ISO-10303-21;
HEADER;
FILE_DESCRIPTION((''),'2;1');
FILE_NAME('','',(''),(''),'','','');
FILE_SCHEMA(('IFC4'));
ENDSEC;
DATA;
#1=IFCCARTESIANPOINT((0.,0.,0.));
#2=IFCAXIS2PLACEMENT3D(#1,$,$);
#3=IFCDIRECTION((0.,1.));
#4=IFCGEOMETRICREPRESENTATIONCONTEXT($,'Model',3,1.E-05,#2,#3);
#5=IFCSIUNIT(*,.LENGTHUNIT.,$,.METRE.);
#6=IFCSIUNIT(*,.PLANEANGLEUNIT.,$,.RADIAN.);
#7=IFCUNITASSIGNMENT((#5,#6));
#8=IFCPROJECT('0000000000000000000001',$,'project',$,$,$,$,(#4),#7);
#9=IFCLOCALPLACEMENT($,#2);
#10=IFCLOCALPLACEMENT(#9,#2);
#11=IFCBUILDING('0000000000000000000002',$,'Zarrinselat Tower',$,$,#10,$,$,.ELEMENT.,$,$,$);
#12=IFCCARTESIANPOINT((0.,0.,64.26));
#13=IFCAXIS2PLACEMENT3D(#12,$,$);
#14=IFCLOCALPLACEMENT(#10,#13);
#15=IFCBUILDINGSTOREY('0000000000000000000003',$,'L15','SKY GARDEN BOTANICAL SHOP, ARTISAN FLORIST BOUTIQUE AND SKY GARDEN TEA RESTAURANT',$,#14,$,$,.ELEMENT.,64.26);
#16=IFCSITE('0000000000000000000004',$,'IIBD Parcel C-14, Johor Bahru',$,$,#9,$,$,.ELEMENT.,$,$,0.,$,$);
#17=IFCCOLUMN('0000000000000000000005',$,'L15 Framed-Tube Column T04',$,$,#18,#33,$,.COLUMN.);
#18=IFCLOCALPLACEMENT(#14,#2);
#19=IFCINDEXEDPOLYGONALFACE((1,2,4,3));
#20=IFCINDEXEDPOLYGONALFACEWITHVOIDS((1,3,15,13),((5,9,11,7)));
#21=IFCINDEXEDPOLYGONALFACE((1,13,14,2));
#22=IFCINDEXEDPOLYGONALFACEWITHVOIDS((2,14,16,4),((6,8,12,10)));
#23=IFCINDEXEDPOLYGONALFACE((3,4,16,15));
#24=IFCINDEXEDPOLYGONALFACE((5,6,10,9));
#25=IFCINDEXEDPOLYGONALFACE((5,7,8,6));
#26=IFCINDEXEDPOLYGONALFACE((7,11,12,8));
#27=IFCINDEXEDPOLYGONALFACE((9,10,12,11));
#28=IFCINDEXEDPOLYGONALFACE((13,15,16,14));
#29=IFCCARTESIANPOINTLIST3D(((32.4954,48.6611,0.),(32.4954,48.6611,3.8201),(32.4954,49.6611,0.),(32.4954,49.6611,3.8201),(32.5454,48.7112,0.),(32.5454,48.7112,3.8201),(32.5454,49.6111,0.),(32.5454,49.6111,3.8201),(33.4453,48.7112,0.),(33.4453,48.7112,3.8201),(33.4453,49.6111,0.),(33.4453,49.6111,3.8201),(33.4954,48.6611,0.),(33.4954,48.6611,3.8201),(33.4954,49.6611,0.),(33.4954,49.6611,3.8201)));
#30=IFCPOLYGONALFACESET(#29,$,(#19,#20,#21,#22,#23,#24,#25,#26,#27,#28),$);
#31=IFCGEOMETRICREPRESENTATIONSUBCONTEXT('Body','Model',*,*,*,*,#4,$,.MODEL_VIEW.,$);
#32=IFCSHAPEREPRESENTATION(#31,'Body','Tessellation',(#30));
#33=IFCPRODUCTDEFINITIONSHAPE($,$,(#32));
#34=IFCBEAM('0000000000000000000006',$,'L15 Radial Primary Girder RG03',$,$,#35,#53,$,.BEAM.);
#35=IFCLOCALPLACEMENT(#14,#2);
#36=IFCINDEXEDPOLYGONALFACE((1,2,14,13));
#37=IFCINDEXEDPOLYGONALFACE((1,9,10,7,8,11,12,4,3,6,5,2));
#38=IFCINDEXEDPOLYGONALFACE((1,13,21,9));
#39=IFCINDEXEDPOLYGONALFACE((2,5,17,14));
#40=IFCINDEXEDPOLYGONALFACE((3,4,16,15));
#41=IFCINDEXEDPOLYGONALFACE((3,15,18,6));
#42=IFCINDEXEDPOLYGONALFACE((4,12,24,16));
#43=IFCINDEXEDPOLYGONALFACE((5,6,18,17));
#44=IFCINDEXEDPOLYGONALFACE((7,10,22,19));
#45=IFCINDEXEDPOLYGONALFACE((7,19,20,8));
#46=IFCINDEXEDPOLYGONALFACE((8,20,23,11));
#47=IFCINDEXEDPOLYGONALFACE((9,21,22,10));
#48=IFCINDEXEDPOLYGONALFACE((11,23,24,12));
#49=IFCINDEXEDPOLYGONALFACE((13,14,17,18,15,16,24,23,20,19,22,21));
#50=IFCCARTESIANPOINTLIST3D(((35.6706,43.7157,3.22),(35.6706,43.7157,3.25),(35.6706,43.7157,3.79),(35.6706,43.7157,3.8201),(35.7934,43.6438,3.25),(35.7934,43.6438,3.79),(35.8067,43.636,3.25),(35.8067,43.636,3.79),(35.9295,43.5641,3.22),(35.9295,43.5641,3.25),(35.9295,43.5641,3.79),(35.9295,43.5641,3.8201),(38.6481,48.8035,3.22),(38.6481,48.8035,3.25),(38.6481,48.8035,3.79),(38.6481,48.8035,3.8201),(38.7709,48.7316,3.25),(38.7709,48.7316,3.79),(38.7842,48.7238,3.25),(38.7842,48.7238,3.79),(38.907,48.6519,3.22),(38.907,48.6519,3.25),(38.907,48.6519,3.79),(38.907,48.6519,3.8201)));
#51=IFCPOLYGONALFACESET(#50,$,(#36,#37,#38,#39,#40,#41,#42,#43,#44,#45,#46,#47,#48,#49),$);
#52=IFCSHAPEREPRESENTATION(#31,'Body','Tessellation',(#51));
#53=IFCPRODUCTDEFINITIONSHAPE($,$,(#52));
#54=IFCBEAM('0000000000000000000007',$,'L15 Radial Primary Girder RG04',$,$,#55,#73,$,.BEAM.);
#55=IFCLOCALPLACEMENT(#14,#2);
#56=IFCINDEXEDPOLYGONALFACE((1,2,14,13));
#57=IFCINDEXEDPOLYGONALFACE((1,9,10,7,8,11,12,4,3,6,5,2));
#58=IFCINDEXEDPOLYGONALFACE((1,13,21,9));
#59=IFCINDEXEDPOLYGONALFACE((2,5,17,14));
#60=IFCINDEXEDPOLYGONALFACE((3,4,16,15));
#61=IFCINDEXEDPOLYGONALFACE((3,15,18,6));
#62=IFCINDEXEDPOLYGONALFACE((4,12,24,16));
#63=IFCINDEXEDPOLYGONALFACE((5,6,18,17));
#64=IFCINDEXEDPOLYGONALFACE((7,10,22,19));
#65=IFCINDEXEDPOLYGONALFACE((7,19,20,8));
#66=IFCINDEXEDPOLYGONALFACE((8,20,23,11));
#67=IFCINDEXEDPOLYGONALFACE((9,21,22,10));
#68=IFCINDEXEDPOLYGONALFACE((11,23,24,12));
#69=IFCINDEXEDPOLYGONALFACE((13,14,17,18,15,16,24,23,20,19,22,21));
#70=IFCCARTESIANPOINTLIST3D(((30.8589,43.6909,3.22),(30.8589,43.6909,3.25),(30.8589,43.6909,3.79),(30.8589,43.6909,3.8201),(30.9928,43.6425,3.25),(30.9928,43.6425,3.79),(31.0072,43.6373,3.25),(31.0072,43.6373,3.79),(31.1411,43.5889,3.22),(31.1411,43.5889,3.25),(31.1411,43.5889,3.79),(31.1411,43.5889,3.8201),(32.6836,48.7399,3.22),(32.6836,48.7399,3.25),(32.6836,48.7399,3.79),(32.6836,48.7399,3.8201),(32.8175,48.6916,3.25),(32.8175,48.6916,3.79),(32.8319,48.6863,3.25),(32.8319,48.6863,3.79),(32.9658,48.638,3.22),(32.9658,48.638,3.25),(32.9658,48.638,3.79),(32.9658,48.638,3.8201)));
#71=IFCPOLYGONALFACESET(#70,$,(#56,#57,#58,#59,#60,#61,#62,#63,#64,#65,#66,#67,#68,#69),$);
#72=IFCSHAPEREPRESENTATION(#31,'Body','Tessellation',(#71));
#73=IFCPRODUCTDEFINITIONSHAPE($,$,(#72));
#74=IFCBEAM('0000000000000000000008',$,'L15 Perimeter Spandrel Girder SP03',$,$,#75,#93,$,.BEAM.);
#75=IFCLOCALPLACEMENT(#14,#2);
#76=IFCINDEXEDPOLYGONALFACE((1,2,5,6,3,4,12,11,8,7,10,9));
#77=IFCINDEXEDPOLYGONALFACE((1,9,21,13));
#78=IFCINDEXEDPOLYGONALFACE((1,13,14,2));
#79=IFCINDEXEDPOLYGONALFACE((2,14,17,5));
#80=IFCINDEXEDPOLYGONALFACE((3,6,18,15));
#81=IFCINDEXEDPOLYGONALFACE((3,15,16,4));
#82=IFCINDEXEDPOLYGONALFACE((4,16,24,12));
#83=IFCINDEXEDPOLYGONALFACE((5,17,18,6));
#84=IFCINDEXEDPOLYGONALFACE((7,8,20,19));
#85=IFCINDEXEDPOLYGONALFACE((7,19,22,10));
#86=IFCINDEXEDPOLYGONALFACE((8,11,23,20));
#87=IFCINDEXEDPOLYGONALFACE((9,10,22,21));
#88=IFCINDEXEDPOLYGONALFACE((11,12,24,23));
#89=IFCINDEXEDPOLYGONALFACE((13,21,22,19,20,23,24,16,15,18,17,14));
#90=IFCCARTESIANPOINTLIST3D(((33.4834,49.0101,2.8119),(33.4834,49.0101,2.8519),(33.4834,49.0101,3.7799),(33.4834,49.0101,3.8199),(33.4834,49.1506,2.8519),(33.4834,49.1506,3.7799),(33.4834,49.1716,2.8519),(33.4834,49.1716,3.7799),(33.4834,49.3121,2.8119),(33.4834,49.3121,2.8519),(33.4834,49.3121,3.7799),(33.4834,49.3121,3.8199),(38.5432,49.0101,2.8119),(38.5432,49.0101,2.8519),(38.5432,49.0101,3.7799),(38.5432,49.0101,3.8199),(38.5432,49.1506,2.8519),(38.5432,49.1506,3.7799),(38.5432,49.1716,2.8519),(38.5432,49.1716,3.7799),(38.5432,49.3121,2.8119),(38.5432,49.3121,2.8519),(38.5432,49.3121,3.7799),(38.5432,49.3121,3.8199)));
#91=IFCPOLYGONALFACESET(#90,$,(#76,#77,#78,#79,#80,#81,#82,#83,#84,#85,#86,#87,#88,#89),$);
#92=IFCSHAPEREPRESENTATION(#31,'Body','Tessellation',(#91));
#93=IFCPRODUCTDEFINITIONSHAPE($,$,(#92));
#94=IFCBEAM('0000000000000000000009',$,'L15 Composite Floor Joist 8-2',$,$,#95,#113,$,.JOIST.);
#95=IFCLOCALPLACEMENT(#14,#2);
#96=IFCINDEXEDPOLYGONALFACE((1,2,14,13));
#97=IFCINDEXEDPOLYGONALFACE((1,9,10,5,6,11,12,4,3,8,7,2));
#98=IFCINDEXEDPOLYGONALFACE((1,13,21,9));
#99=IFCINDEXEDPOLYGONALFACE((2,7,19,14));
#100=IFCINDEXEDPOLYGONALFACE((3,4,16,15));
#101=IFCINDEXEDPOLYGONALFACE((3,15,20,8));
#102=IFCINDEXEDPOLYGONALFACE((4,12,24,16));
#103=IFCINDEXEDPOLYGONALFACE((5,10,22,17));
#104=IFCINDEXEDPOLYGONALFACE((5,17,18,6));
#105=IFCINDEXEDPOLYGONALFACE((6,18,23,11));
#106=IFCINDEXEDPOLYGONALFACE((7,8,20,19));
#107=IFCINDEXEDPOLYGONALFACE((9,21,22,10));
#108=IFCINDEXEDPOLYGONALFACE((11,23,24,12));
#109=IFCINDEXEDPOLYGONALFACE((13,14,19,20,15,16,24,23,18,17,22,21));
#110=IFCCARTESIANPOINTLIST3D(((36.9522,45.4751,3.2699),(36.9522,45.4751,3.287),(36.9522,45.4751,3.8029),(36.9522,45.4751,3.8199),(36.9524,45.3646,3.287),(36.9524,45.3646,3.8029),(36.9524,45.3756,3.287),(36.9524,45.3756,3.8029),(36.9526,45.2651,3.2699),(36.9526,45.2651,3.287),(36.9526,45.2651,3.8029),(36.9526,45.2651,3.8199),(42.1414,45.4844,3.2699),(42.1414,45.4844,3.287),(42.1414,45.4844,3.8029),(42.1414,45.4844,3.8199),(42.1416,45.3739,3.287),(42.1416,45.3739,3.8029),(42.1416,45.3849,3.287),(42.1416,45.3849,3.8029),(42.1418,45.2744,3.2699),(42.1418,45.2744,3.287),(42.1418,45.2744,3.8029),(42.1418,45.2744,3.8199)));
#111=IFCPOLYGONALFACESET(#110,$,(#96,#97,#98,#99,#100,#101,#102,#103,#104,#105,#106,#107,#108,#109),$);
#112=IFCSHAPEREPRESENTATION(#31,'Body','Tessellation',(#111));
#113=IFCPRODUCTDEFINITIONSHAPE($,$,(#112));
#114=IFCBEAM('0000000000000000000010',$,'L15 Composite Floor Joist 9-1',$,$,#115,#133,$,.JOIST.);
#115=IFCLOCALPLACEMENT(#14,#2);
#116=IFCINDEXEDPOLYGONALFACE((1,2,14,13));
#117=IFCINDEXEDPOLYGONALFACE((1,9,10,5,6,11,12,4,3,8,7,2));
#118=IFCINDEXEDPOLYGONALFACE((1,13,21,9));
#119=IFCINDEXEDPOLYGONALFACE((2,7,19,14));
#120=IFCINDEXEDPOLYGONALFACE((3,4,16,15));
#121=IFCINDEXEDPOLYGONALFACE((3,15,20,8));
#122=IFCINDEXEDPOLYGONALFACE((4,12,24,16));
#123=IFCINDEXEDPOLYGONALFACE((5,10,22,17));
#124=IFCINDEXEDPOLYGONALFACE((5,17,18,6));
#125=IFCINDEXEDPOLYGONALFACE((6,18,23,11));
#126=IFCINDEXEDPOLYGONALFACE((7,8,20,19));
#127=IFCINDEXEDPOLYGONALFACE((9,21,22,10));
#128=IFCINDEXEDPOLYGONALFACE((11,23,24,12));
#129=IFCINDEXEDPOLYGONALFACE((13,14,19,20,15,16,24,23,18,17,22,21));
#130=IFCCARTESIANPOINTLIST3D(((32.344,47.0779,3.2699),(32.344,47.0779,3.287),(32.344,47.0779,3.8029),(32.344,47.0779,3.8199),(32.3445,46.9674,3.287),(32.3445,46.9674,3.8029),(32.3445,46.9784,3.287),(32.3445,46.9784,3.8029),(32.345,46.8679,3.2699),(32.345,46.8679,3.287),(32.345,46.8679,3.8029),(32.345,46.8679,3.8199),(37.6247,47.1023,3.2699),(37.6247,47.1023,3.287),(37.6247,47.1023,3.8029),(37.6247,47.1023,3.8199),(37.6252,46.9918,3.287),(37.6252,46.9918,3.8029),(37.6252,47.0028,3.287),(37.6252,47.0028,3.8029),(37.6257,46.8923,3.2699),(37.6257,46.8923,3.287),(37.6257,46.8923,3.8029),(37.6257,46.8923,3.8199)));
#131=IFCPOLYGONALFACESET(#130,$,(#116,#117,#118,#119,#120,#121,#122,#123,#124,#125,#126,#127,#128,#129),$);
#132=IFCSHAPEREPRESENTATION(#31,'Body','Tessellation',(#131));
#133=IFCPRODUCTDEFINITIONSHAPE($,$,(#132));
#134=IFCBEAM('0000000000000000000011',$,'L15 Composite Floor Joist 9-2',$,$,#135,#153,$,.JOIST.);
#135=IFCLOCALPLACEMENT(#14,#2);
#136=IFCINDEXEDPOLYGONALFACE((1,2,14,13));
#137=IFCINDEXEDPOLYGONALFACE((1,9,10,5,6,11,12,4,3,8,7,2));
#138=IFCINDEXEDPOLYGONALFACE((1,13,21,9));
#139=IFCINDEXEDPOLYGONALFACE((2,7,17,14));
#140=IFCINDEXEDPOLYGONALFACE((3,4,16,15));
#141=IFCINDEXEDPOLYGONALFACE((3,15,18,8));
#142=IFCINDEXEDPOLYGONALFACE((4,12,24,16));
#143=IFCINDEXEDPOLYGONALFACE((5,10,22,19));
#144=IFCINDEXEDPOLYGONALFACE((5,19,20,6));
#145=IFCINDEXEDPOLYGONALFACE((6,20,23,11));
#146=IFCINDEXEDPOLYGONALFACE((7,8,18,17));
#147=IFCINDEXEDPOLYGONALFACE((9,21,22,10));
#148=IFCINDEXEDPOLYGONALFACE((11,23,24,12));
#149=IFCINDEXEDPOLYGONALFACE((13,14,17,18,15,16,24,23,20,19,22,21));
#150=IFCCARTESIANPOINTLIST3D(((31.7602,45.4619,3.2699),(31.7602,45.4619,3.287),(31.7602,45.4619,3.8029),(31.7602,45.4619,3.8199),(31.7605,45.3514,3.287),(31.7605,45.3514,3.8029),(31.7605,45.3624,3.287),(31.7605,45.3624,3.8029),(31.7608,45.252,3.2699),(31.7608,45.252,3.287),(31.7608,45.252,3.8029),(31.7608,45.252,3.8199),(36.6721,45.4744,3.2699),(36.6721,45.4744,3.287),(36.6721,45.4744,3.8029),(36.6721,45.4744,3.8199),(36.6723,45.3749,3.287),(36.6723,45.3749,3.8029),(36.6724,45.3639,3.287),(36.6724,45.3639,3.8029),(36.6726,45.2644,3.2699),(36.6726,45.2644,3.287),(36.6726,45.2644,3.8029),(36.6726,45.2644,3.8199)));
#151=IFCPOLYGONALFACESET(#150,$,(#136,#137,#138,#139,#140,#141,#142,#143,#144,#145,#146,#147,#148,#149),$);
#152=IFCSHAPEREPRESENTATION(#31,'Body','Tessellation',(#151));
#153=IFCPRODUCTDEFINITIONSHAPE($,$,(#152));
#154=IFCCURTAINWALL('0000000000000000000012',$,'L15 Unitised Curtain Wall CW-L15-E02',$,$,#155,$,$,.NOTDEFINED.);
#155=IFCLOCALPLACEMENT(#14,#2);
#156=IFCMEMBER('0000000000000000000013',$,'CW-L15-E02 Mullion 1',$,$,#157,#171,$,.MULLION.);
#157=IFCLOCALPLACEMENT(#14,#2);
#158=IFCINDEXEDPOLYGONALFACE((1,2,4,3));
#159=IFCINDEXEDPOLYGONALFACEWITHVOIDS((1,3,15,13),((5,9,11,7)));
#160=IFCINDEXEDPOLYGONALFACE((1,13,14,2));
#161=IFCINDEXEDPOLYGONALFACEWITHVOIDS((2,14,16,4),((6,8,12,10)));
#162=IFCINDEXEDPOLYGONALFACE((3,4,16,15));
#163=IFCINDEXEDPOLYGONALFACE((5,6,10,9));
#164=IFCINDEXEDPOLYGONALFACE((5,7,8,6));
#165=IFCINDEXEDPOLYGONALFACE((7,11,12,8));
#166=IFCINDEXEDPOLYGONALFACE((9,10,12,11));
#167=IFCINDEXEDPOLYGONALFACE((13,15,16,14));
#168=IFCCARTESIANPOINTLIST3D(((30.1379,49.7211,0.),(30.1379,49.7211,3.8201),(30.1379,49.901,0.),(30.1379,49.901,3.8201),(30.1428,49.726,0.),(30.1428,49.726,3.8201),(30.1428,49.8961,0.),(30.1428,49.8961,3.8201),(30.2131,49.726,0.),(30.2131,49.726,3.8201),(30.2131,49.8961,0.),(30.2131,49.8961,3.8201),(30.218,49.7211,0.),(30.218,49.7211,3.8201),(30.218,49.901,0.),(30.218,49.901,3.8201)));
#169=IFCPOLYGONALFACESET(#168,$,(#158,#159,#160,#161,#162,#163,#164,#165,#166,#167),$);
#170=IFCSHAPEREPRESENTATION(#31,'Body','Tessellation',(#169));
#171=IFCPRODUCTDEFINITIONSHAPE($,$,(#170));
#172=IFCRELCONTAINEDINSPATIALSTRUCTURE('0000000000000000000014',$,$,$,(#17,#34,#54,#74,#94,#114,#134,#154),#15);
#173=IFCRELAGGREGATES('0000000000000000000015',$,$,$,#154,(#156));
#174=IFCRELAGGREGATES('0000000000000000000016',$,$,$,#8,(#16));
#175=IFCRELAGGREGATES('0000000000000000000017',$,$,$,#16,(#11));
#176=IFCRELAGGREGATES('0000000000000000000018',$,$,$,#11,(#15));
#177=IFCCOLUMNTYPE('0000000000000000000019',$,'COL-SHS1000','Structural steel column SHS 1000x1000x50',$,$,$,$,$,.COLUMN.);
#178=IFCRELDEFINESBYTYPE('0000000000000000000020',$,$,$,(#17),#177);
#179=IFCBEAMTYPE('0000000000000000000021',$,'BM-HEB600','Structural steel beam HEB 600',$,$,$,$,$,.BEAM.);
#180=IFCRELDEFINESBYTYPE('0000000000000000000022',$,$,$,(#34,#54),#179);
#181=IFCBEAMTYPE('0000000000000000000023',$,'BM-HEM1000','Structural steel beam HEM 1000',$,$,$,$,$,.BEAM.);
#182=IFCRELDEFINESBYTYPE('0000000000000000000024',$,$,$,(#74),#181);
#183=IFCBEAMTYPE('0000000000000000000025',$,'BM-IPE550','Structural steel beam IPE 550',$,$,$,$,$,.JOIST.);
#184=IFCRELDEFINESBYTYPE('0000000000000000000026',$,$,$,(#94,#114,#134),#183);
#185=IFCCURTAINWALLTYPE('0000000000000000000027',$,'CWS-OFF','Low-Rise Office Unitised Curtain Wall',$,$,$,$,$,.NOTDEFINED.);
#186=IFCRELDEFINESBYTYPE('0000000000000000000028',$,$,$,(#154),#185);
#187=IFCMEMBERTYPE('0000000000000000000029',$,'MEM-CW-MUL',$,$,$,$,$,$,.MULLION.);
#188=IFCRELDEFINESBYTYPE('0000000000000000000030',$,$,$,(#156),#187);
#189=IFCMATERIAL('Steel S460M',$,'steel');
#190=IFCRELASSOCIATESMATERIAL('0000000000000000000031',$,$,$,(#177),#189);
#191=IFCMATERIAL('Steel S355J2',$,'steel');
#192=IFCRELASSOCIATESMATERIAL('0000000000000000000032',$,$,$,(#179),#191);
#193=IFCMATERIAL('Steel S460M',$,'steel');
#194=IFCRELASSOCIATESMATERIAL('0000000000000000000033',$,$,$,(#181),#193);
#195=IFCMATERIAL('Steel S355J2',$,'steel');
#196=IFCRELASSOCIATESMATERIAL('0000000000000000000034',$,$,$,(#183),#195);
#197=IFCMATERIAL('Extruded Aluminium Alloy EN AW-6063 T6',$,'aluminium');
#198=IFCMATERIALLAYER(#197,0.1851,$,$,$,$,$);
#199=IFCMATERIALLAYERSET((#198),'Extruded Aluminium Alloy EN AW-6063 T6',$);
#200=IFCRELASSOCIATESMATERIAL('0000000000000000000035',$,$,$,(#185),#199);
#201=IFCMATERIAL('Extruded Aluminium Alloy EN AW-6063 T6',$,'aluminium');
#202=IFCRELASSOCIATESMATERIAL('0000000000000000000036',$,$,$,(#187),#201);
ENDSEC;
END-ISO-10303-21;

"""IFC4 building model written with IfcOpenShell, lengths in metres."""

from ifc_helpers import new_model, si_unit, direction, frame, origin, origin_2d, place, context, subcontext, project, spatial, hollow_rectangle, i_section, extrude, material, layer, layer_set, material_profile, profile_set, type_object, element, aggregate, save


model = new_model("IFC4")

# Units and contexts
model_context = context("Model", 3, precision=1e-05, world=origin(), true_north=direction((0.0, 1.0)))
body_context = subcontext(model_context, "Body", "Model", "MODEL_VIEW")
ifc_project = project(units=[si_unit("LENGTHUNIT", "METRE"), si_unit("PLANEANGLEUNIT", "RADIAN")], contexts=[model_context])

# Site, building, storey
site_placement = place(None, origin())
site = spatial("IfcSite", under=ifc_project, at=site_placement, Name="IIBD Parcel C-14, Johor Bahru", CompositionType="ELEMENT", RefElevation=0.0)
building_placement = place(site_placement, origin())
building = spatial("IfcBuilding", under=site, at=building_placement, Name="Zarrinselat Tower", CompositionType="ELEMENT")
storey_placement = place(building_placement, frame((0.0, 0.0, 64.26)))
storey = spatial("IfcBuildingStorey", under=building, at=storey_placement, Name="L15", Description="SKY GARDEN BOTANICAL SHOP, ARTISAN FLORIST BOUTIQUE AND SKY GARDEN TEA RESTAURANT", CompositionType="ELEMENT", Elevation=64.26)

# Column
ifc_material_1 = material(Name="Steel S460M", Category="steel")
ifc_material_profile_1 = material_profile(ifc_material_1, hollow_rectangle(XDim=1.0, YDim=1.0, WallThickness=0.05, at=origin_2d()), Name="SHS 1000x1000x50")
ifc_profile_set_1 = profile_set([ifc_material_profile_1], Name="Steel S460M")
column_type = type_object("IfcColumnType", Name="COL-SHS1000", Description="Structural steel column SHS 1000x1000x50", PredefinedType="COLUMN", material=ifc_profile_set_1)
column_placement = place(storey_placement, frame((32.9954, 49.1611, 0.0), z_axis=(0.0, 0.0, 1.0), x_axis=(1.0, 0.0, 0.0)))
element("IfcColumn", 1, at=column_placement, inside=storey, type_object=column_type, Name="L15 Framed-Tube Column T04", PredefinedType="COLUMN", context=body_context, shape_type="SweptSolid", body=[
    extrude(hollow_rectangle(XDim=1.0, YDim=1.0, WallThickness=0.05, at=origin_2d()), origin(), (0.0, 0.0, 1.0), 3.8201),
])

# Beams
ifc_material_2 = material(Name="Steel S355J2", Category="steel")
ifc_material_profile_2 = material_profile(ifc_material_2, i_section(OverallWidth=0.3, OverallDepth=0.6001, WebThickness=0.0154, FlangeThickness=0.03, at=origin_2d()), Name="HEB 600")
ifc_profile_set_2 = profile_set([ifc_material_profile_2], Name="Steel S355J2")
beam_type_1 = type_object("IfcBeamType", Name="BM-HEB600", Description="Structural steel beam HEB 600", PredefinedType="BEAM", material=ifc_profile_set_2)
beam_1_placement = place(storey_placement, frame((35.8, 43.6399, 3.52), z_axis=(0.505086, 0.863069, 0.0), x_axis=(-0.863069, 0.505086, 0.0)))
element("IfcBeam", 2, at=beam_1_placement, inside=storey, type_object=beam_type_1, Name="L15 Radial Primary Girder RG03", PredefinedType="BEAM", context=body_context, shape_type="SweptSolid", body=[
    extrude(i_section(OverallWidth=0.3, OverallDepth=0.6001, WebThickness=0.0154, FlangeThickness=0.03, at=origin_2d()), origin(), (0.0, 0.0, 1.0), 5.895),
])
beam_2_placement = place(storey_placement, frame((31.0, 43.6399, 3.52), z_axis=(0.33988, 0.940469, 0.0), x_axis=(-0.940469, 0.33988, 0.0)))
element("IfcBeam", 3, at=beam_2_placement, inside=storey, type_object=beam_type_1, Name="L15 Radial Primary Girder RG04", PredefinedType="BEAM", context=body_context, shape_type="SweptSolid", body=[
    extrude(i_section(OverallWidth=0.3, OverallDepth=0.6001, WebThickness=0.0154, FlangeThickness=0.03, at=origin_2d()), origin(), (0.0, 0.0, 1.0), 5.3687),
])
ifc_material_3 = material(Name="Steel S460M", Category="steel")
ifc_material_profile_3 = material_profile(ifc_material_3, i_section(OverallWidth=0.302, OverallDepth=1.0081, WebThickness=0.021, FlangeThickness=0.04, at=origin_2d()), Name="HEM 1000")
ifc_profile_set_3 = profile_set([ifc_material_profile_3], Name="Steel S460M")
beam_type_2 = type_object("IfcBeamType", Name="BM-HEM1000", Description="Structural steel beam HEM 1000", PredefinedType="BEAM", material=ifc_profile_set_3)
beam_3_placement = place(storey_placement, frame((33.4834, 49.1611, 3.3159), z_axis=(1.0, 0.0, 0.0), x_axis=(0.0, 1.0, 0.0)))
element("IfcBeam", 4, at=beam_3_placement, inside=storey, type_object=beam_type_2, Name="L15 Perimeter Spandrel Girder SP03", PredefinedType="BEAM", context=body_context, shape_type="SweptSolid", body=[
    extrude(i_section(OverallWidth=0.302, OverallDepth=1.0081, WebThickness=0.021, FlangeThickness=0.04, at=origin_2d()), origin(), (0.0, 0.0, 1.0), 5.0598),
])
ifc_material_4 = material(Name="Steel S355J2", Category="steel")
ifc_material_profile_4 = material_profile(ifc_material_4, i_section(OverallWidth=0.21, OverallDepth=0.55, WebThickness=0.011, FlangeThickness=0.0171, at=origin_2d()), Name="IPE 550")
ifc_profile_set_4 = profile_set([ifc_material_profile_4], Name="Steel S355J2")
beam_type_3 = type_object("IfcBeamType", Name="BM-IPE550", Description="Structural steel beam IPE 550", PredefinedType="JOIST", material=ifc_profile_set_4)
beam_4_placement = place(storey_placement, frame((36.9524, 45.3701, 3.5449), z_axis=(0.999998, 0.001788, 0.0), x_axis=(-0.001788, 0.999998, 0.0)))
element("IfcBeam", 5, at=beam_4_placement, inside=storey, type_object=beam_type_3, Name="L15 Composite Floor Joist 8-2", PredefinedType="JOIST", context=body_context, shape_type="SweptSolid", body=[
    extrude(i_section(OverallWidth=0.21, OverallDepth=0.55, WebThickness=0.011, FlangeThickness=0.0171, at=origin_2d()), origin(), (0.0, 0.0, 1.0), 5.1892),
])
beam_5_placement = place(storey_placement, frame((32.3445, 46.9729, 3.5449), z_axis=(0.999989, 0.004623, 0.0), x_axis=(-0.004623, 0.999989, 0.0)))
element("IfcBeam", 6, at=beam_5_placement, inside=storey, type_object=beam_type_3, Name="L15 Composite Floor Joist 9-1", PredefinedType="JOIST", context=body_context, shape_type="SweptSolid", body=[
    extrude(i_section(OverallWidth=0.21, OverallDepth=0.55, WebThickness=0.011, FlangeThickness=0.0171, at=origin_2d()), origin(), (0.0, 0.0, 1.0), 5.2808),
])
beam_6_placement = place(storey_placement, frame((31.7605, 45.3569, 3.5449), z_axis=(0.999997, 0.002535, 0.0), x_axis=(-0.002535, 0.999997, 0.0)))
element("IfcBeam", 7, at=beam_6_placement, inside=storey, type_object=beam_type_3, Name="L15 Composite Floor Joist 9-2", PredefinedType="JOIST", context=body_context, shape_type="SweptSolid", body=[
    extrude(i_section(OverallWidth=0.21, OverallDepth=0.55, WebThickness=0.011, FlangeThickness=0.0171, at=origin_2d()), origin(), (0.0, 0.0, 1.0), 4.9119),
])

# Curtain wall, member
ifc_material_5 = material(Name="Extruded Aluminium Alloy EN AW-6063 T6", Category="aluminium")
ifc_layer_1 = layer(ifc_material_5, 0.1851)
ifc_layer_set_1 = layer_set([ifc_layer_1], Name="Extruded Aluminium Alloy EN AW-6063 T6")
curtain_wall_type = type_object("IfcCurtainWallType", Name="CWS-OFF", Description="Low-Rise Office Unitised Curtain Wall", PredefinedType="NOTDEFINED", material=ifc_layer_set_1)
curtain_wall_placement = place(storey_placement, origin())
curtain_wall = element("IfcCurtainWall", 8, at=curtain_wall_placement, inside=storey, type_object=curtain_wall_type, Name="L15 Unitised Curtain Wall CW-L15-E02", PredefinedType="NOTDEFINED")
ifc_material_6 = material(Name="Extruded Aluminium Alloy EN AW-6063 T6", Category="aluminium")
ifc_material_profile_5 = material_profile(ifc_material_6, hollow_rectangle(XDim=0.0801, YDim=0.1799, WallThickness=0.0049, at=origin_2d()), Name="RHS 180x80x5")
ifc_profile_set_5 = profile_set([ifc_material_profile_5], Name="Extruded Aluminium Alloy EN AW-6063 T6")
member_type_1 = type_object("IfcMemberType", Name="MEM-CW-MUL", PredefinedType="MULLION", material=ifc_profile_set_5)
member_1_placement = place(storey_placement, frame((30.178, 49.811, 0.0), z_axis=(0.0, 0.0, 1.0), x_axis=(1.0, 0.0, 0.0)))
member_1 = element("IfcMember", 9, at=member_1_placement, type_object=member_type_1, Name="CW-L15-E02 Mullion 1", PredefinedType="MULLION", context=body_context, shape_type="SweptSolid", body=[
    extrude(hollow_rectangle(XDim=0.0801, YDim=0.1799, WallThickness=0.0049, at=origin_2d()), origin(), (0.0, 0.0, 1.0), 3.8201),
])
aggregate(curtain_wall, [member_1])

save(model, "model.ifc")
